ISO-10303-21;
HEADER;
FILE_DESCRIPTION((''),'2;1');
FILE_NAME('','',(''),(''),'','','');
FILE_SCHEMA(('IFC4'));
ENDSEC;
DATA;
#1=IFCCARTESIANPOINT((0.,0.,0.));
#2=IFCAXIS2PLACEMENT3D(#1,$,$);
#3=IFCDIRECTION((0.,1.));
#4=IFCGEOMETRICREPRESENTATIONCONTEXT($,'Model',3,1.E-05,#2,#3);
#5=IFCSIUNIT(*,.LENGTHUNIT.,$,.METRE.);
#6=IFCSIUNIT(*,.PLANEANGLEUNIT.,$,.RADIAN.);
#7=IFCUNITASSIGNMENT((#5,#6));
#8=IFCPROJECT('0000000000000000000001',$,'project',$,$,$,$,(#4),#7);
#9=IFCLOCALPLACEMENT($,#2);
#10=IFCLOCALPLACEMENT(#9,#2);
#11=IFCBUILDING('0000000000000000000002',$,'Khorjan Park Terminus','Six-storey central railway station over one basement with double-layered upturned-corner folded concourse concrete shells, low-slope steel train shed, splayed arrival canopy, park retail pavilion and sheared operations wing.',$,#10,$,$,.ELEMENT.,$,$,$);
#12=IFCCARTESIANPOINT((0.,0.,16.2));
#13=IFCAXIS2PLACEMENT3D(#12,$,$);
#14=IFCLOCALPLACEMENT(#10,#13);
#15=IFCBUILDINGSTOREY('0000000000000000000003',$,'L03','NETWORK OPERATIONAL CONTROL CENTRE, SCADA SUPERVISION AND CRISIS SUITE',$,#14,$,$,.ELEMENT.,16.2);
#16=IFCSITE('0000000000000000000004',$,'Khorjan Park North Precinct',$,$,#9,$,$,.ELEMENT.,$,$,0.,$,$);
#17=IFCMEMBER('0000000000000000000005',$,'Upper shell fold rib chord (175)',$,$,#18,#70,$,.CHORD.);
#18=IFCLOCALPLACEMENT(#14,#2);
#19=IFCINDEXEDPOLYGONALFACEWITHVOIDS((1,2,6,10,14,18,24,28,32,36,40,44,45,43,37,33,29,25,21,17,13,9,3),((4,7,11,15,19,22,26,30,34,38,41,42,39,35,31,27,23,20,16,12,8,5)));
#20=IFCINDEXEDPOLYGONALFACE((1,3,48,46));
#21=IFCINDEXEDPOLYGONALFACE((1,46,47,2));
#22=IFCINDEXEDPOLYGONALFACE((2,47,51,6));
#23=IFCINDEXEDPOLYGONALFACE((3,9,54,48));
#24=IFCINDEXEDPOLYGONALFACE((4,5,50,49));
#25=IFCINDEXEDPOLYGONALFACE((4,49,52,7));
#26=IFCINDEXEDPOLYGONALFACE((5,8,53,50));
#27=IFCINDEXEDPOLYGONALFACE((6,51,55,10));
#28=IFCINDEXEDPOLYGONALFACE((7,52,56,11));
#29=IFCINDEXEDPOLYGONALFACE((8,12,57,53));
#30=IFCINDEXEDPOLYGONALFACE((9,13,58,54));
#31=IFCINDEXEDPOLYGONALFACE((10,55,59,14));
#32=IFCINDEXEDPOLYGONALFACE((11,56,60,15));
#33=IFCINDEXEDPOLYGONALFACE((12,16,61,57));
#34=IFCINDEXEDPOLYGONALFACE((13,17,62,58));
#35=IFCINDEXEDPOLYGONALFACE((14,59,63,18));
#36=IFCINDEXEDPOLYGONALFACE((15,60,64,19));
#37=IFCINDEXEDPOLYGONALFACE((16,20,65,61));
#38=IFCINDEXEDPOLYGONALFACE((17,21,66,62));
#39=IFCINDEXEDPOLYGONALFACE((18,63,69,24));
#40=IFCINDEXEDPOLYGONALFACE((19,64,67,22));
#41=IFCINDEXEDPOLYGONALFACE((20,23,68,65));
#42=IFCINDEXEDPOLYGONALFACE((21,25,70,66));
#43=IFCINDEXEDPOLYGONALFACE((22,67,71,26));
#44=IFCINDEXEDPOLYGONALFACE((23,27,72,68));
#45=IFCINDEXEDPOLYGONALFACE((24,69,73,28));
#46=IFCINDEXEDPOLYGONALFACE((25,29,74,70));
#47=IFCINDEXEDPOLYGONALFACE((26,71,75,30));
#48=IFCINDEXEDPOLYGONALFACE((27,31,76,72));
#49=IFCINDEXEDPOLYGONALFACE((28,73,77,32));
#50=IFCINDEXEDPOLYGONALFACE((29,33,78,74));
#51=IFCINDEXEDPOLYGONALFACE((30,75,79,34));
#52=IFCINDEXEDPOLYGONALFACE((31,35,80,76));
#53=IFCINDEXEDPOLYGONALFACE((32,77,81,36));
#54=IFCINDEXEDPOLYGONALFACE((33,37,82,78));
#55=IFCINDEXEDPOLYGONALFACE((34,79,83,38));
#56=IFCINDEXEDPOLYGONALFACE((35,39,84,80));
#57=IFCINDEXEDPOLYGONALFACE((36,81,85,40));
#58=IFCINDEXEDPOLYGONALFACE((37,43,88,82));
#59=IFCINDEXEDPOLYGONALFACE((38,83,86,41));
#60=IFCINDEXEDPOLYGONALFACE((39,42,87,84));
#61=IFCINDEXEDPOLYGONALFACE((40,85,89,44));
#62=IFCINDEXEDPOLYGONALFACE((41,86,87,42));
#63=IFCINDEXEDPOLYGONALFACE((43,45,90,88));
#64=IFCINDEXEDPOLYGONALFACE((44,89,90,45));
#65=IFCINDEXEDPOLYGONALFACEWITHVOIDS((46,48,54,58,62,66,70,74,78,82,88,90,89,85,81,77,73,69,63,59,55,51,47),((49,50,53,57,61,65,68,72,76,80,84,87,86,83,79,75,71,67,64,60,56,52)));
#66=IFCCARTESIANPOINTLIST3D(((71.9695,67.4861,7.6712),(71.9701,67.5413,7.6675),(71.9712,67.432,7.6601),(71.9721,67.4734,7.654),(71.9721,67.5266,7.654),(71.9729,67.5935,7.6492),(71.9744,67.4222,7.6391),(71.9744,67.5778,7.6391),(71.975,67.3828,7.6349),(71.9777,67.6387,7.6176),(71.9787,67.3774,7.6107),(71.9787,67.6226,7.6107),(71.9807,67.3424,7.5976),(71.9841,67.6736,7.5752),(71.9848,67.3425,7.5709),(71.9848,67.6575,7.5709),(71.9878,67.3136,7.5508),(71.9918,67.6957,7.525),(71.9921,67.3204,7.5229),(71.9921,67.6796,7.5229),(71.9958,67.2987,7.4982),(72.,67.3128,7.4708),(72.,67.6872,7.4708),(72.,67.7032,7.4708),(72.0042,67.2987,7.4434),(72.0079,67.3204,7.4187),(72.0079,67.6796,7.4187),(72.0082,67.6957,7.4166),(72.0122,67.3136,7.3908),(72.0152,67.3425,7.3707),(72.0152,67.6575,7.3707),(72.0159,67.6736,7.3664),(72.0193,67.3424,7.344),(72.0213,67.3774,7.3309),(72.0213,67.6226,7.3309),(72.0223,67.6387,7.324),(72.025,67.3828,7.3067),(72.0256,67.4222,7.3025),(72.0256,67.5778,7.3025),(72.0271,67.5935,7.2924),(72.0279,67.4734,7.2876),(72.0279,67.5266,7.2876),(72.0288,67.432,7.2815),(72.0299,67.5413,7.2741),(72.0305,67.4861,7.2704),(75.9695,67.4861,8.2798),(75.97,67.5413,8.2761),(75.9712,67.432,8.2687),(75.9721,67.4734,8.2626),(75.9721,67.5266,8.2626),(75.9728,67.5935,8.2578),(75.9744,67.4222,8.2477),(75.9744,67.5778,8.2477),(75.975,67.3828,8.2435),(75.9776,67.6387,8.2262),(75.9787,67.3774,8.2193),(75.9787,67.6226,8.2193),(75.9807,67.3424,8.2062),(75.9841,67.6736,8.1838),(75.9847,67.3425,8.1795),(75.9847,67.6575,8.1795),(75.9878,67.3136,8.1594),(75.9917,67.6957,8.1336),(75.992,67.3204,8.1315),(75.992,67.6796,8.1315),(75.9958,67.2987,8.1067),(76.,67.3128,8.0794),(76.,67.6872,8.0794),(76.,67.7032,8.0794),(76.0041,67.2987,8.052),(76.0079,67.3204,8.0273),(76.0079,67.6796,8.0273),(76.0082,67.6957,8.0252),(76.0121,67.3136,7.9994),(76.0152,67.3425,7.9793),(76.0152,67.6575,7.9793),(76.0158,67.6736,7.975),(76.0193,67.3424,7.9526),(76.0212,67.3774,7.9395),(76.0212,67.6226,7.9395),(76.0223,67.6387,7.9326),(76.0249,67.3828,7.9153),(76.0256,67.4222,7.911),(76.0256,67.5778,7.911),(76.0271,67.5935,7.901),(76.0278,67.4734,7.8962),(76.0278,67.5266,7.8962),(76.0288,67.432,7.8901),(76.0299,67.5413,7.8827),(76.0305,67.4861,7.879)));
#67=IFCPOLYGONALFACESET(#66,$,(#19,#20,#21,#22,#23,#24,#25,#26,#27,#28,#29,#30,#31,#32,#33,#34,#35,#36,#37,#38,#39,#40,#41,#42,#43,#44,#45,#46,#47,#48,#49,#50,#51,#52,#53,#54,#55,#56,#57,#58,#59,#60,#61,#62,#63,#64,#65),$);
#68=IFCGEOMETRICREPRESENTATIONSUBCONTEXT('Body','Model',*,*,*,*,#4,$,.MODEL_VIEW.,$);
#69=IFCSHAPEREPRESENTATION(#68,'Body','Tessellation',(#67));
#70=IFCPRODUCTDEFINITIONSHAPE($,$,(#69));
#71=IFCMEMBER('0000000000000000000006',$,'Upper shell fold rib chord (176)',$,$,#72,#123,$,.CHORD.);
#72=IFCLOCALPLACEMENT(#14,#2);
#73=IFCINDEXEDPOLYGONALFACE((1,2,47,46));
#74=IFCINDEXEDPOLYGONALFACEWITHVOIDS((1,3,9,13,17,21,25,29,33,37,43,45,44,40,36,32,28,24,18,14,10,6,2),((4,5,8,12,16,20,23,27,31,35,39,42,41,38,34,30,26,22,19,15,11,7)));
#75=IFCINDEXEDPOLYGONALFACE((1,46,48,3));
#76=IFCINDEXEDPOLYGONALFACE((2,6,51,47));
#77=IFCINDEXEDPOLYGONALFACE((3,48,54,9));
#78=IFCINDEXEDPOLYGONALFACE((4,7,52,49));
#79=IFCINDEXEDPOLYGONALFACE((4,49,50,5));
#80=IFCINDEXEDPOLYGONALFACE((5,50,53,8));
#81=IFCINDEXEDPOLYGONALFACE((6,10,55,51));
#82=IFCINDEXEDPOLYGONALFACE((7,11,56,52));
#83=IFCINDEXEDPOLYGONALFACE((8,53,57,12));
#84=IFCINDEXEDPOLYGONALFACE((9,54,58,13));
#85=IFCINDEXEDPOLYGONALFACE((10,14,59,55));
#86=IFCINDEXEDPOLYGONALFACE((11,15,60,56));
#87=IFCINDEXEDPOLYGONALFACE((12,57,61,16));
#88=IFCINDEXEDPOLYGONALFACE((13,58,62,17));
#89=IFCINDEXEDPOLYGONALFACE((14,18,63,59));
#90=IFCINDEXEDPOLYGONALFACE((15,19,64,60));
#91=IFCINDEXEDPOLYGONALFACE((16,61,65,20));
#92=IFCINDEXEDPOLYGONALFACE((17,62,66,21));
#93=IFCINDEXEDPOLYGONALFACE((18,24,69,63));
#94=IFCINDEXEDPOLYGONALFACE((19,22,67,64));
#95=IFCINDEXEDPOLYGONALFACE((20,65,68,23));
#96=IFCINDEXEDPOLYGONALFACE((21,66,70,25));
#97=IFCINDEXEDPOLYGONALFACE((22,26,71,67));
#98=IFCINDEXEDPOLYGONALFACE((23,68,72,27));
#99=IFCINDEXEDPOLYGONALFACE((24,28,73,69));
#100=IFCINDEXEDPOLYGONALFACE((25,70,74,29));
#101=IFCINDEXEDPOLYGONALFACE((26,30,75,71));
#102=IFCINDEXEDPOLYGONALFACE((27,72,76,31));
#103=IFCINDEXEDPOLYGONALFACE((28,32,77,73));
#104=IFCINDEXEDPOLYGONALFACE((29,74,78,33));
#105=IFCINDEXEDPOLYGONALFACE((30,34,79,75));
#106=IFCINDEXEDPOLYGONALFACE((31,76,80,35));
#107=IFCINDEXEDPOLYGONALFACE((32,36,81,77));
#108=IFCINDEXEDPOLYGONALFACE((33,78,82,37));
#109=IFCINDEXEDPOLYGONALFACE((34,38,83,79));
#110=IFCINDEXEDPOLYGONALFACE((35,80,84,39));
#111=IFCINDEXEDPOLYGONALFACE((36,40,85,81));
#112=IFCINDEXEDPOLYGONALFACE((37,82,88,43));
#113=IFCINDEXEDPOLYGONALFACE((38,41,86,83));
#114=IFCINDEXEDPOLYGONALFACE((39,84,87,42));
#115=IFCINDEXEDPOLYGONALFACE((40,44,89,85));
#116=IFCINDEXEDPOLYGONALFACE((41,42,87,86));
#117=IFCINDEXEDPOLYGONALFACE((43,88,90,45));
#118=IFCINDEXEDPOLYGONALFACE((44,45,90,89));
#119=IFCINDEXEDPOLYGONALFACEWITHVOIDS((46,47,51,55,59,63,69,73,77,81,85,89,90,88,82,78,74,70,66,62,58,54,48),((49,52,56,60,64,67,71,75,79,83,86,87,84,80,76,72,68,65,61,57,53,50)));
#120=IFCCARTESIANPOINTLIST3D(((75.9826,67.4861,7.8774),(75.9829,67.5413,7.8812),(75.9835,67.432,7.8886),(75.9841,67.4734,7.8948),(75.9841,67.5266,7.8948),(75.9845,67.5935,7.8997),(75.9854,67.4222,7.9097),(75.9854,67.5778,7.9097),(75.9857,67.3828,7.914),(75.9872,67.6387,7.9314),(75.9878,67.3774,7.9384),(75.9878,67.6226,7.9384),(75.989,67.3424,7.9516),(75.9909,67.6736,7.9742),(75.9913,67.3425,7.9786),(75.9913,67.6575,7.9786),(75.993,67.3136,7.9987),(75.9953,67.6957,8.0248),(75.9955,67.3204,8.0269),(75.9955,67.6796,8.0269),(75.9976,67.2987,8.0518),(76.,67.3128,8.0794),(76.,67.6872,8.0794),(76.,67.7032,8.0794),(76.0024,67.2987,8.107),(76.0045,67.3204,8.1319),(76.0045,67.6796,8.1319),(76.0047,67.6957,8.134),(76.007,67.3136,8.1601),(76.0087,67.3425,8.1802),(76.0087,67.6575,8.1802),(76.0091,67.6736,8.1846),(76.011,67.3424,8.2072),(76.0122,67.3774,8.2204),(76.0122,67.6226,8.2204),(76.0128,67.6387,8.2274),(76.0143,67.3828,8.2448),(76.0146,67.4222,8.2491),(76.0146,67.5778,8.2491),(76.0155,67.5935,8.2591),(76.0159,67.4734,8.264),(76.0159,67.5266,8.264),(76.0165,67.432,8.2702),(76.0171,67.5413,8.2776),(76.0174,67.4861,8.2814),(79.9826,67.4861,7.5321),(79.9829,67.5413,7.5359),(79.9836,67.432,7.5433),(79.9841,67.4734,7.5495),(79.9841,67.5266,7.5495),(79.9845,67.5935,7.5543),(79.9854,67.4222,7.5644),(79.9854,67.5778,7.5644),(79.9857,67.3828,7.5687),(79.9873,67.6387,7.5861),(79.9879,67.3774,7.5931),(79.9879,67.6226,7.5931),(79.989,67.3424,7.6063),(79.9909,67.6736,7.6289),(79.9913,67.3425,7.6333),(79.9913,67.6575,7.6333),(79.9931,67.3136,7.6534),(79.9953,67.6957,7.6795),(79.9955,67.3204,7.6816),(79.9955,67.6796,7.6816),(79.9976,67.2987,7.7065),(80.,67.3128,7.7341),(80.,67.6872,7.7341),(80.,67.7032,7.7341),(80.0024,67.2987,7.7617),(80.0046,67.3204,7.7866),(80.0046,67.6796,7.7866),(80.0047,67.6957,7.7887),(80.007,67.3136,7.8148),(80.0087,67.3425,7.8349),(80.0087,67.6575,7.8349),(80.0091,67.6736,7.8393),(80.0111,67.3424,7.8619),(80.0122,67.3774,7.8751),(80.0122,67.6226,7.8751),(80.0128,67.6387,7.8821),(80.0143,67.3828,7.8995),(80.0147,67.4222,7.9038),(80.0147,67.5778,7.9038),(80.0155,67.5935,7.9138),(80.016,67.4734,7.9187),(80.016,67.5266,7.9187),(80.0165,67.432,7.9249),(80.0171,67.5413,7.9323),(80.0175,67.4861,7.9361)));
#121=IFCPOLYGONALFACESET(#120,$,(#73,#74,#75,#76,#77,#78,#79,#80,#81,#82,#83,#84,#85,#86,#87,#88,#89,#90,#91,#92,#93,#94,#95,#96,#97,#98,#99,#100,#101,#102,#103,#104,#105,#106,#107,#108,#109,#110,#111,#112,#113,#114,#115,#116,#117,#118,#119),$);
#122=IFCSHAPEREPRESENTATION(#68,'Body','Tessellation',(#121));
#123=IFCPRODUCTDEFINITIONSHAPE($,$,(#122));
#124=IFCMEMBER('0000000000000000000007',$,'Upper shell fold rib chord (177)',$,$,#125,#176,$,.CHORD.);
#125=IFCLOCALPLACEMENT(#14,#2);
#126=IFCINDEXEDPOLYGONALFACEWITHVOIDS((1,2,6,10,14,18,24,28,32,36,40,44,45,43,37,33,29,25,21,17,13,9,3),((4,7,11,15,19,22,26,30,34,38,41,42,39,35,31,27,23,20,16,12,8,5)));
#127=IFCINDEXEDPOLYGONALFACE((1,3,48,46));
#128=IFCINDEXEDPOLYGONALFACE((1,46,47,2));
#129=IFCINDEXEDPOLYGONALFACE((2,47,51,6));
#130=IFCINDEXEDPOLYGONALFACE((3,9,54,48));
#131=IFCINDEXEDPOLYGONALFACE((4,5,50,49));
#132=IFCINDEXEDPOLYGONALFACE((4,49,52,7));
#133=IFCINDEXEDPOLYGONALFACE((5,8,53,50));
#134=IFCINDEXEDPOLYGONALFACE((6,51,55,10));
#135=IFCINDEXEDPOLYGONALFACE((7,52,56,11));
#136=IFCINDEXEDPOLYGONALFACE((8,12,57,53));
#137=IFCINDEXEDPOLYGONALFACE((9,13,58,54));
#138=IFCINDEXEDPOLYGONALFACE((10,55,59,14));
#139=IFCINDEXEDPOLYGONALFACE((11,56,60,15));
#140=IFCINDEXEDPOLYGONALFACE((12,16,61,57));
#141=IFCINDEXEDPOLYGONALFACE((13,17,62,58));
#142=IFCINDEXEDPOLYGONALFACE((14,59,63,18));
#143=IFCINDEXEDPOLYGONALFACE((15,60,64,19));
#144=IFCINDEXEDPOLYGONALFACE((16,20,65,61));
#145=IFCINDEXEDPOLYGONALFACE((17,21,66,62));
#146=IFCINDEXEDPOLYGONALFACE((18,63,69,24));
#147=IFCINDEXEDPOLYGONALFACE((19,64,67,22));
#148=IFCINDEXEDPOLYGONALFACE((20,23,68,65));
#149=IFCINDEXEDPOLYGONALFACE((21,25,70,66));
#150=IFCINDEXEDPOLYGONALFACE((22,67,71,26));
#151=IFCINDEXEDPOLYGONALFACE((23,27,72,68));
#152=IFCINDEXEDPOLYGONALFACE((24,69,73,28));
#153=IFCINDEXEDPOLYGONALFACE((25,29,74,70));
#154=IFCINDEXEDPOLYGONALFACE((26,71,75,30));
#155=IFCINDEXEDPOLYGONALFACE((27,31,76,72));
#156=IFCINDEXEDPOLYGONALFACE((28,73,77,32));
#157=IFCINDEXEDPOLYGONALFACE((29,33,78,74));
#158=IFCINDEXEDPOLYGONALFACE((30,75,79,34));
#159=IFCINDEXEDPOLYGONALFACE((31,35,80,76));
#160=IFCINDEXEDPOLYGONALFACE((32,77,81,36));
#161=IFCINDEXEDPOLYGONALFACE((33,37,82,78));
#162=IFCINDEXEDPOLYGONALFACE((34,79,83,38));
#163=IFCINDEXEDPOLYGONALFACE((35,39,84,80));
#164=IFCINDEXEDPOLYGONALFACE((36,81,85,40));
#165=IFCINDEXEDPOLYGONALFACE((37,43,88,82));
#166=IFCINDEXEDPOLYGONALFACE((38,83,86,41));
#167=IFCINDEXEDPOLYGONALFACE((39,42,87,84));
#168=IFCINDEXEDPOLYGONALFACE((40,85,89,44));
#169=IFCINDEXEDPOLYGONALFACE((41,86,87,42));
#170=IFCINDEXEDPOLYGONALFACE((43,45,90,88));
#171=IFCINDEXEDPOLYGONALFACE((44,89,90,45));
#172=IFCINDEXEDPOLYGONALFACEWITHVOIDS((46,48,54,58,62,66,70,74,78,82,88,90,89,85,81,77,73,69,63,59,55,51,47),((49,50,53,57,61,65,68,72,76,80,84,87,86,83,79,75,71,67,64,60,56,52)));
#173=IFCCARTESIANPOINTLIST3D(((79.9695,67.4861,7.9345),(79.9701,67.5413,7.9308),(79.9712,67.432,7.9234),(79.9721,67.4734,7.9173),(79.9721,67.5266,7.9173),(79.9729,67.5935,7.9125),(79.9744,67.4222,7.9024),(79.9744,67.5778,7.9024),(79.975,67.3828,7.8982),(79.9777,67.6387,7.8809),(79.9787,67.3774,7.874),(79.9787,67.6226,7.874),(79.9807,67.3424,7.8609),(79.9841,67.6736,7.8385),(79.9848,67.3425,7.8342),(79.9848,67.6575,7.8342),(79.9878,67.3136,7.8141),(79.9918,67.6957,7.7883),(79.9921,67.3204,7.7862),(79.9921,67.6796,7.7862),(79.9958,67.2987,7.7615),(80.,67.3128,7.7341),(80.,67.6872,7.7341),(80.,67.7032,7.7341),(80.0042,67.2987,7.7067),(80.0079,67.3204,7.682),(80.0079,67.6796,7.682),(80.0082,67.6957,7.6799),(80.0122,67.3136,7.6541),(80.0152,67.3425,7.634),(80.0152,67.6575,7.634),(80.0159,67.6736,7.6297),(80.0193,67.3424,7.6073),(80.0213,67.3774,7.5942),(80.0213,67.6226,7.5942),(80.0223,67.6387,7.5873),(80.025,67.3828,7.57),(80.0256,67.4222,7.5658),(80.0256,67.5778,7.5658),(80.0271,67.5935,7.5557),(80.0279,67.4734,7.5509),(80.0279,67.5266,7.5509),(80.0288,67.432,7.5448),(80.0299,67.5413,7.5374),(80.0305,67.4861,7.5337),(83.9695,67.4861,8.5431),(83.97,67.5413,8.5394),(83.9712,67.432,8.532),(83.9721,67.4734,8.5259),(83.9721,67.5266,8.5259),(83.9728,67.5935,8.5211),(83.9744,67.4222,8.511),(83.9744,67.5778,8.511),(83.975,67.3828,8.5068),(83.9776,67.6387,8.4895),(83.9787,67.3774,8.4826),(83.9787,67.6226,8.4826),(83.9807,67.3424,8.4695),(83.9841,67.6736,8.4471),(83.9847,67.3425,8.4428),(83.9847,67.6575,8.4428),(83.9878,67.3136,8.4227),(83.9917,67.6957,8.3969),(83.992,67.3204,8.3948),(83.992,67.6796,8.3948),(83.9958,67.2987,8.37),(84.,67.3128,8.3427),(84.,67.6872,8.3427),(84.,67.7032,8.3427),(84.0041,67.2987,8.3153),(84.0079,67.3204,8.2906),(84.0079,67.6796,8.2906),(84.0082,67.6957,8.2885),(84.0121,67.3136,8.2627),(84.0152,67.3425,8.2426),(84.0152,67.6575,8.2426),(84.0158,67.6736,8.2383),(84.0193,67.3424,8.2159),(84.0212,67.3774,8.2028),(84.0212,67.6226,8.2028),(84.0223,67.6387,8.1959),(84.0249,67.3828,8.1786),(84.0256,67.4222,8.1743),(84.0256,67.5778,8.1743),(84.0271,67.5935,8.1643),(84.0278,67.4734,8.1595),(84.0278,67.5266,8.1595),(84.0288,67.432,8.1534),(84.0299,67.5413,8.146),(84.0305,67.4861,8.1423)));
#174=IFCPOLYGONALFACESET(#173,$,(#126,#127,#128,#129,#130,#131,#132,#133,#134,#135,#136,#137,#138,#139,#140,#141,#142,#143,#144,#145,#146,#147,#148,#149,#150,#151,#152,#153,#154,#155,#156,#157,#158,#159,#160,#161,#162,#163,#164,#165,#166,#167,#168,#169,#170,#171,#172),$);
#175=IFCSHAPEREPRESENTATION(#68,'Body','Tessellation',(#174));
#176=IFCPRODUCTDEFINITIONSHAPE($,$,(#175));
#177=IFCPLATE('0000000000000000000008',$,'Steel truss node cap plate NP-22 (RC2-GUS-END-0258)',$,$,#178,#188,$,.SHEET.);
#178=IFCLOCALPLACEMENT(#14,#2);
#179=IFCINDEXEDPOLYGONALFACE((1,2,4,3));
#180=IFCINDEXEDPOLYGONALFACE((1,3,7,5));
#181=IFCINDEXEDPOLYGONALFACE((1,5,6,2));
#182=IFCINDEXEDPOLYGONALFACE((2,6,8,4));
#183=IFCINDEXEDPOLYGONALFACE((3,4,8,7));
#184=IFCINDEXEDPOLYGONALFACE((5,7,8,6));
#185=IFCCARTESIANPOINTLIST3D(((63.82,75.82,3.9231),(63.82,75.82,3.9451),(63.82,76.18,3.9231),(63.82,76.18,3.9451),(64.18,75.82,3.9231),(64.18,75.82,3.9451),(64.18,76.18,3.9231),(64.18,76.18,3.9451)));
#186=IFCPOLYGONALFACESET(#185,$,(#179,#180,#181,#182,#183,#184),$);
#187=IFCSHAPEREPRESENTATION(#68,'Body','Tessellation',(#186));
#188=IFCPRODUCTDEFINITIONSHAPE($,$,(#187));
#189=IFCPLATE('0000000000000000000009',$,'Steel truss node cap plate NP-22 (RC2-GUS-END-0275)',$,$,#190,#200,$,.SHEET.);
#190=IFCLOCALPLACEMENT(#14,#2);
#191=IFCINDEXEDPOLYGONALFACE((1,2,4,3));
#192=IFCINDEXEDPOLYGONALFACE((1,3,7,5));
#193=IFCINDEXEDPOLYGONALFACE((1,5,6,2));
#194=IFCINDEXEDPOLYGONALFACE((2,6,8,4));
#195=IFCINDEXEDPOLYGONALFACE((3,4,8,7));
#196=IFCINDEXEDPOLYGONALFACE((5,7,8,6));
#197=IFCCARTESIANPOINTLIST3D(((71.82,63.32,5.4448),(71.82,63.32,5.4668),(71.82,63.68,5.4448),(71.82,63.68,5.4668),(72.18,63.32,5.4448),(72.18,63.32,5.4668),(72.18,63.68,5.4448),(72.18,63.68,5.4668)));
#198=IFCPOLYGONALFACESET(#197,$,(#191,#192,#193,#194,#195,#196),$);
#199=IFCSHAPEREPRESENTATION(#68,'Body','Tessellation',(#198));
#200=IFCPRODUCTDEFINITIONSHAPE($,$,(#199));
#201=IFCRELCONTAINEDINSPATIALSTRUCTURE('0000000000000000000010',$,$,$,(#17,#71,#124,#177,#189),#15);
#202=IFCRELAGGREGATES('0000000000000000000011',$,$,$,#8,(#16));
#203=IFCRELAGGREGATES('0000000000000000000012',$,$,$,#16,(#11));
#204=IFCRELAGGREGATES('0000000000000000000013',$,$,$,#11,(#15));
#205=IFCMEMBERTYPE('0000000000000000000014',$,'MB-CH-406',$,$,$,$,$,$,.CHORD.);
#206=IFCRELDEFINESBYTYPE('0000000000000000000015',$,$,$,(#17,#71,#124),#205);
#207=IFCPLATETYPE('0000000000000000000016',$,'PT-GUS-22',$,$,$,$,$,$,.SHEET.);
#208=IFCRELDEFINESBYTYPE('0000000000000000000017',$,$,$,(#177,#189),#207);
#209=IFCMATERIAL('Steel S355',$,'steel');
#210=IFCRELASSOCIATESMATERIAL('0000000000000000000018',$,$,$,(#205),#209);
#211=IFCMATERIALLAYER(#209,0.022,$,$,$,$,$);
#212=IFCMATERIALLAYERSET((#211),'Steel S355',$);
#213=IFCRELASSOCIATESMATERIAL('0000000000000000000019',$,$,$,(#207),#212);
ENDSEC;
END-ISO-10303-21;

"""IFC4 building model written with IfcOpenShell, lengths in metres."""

from ifc_helpers import new_model, si_unit, direction, frame, origin, origin_2d, place, context, subcontext, project, spatial, rectangle, hollow_circle, extrude, material, layer, layer_set, material_profile, profile_set, type_object, element, save


model = new_model("IFC4")

# Units and contexts
model_context = context("Model", 3, precision=1e-05, world=origin(), true_north=direction((0.0, 1.0)))
body_context = subcontext(model_context, "Body", "Model", "MODEL_VIEW")
ifc_project = project(units=[si_unit("LENGTHUNIT", "METRE"), si_unit("PLANEANGLEUNIT", "RADIAN")], contexts=[model_context])

# Site, building, storey
site_placement = place(None, origin())
site = spatial("IfcSite", under=ifc_project, at=site_placement, Name="Khorjan Park North Precinct", CompositionType="ELEMENT", RefElevation=0.0)
building_placement = place(site_placement, origin())
building = spatial("IfcBuilding", under=site, at=building_placement, Name="Khorjan Park Terminus", Description="Six-storey central railway station over one basement with double-layered upturned-corner folded concourse concrete shells, low-slope steel train shed, splayed arrival canopy, park retail pavilion and sheared operations wing.", CompositionType="ELEMENT")
storey_placement = place(building_placement, frame((0.0, 0.0, 16.2)))
storey = spatial("IfcBuildingStorey", under=building, at=storey_placement, Name="L03", Description="NETWORK OPERATIONAL CONTROL CENTRE, SCADA SUPERVISION AND CRISIS SUITE", CompositionType="ELEMENT", Elevation=16.2)

# Members
ifc_material = material(Name="Steel S355", Category="steel")
ifc_material_profile_1 = material_profile(ifc_material, hollow_circle(Radius=0.2032, WallThickness=0.016, at=origin_2d()), Name="CHS 406.4x16")
ifc_profile_set_1 = profile_set([ifc_material_profile_1], Name="Steel S355")
member_type_1 = type_object("IfcMemberType", Name="MB-CH-406", PredefinedType="CHORD", material=ifc_profile_set_1)
member_1_placement = place(storey_placement, frame((72.0, 67.5, 7.4708), z_axis=(0.988622, 0.0, 0.150419), x_axis=(0.0, 1.0, 0.0)))
element("IfcMember", 1, at=member_1_placement, inside=storey, type_object=member_type_1, Name="Upper shell fold rib chord (175)", PredefinedType="CHORD", context=body_context, shape_type="SweptSolid", body=[
    extrude(hollow_circle(Radius=0.2032, WallThickness=0.016, at=origin_2d()), origin(), (0.0, 0.0, 1.0), 4.046),
])
member_2_placement = place(storey_placement, frame((76.0, 67.5, 8.0794), z_axis=(0.996295, 0.0, -0.086005), x_axis=(0.0, 1.0, 0.0)))
element("IfcMember", 2, at=member_2_placement, inside=storey, type_object=member_type_1, Name="Upper shell fold rib chord (176)", PredefinedType="CHORD", context=body_context, shape_type="SweptSolid", body=[
    extrude(hollow_circle(Radius=0.2032, WallThickness=0.016, at=origin_2d()), origin(), (0.0, 0.0, 1.0), 4.0149),
])
member_3_placement = place(storey_placement, frame((80.0, 67.5, 7.7341), z_axis=(0.988622, 0.0, 0.150419), x_axis=(0.0, 1.0, 0.0)))
element("IfcMember", 3, at=member_3_placement, inside=storey, type_object=member_type_1, Name="Upper shell fold rib chord (177)", PredefinedType="CHORD", context=body_context, shape_type="SweptSolid", body=[
    extrude(hollow_circle(Radius=0.2032, WallThickness=0.016, at=origin_2d()), origin(), (0.0, 0.0, 1.0), 4.046),
])

# Plates
ifc_layer = layer(ifc_material, 0.022)
ifc_layer_set = layer_set([ifc_layer], Name="Steel S355")
plate_type = type_object("IfcPlateType", Name="PT-GUS-22", PredefinedType="SHEET", material=ifc_layer_set)
for number, where, z_axis, x_axis, name in (
    (4, (64.0, 76.0, 3.9231), (0.0, 0.0, 1.0), (1.0, 0.0, 0.0), "Steel truss node cap plate NP-22 (RC2-GUS-END-0258)"),
    (5, (72.0, 63.5, 5.4448), (0.0, 0.0, 1.0), (1.0, 0.0, 0.0), "Steel truss node cap plate NP-22 (RC2-GUS-END-0275)"),
):
    element("IfcPlate", number, at=place(storey_placement, frame(where, z_axis=z_axis, x_axis=x_axis)), inside=storey, type_object=plate_type, Name=name, PredefinedType="SHEET", context=body_context, shape_type="SweptSolid", body=[
        extrude(rectangle(XDim=0.36, YDim=0.36, at=origin_2d()), origin(), (0.0, 0.0, 1.0), 0.022),
    ])

save(model, "model.ifc")
